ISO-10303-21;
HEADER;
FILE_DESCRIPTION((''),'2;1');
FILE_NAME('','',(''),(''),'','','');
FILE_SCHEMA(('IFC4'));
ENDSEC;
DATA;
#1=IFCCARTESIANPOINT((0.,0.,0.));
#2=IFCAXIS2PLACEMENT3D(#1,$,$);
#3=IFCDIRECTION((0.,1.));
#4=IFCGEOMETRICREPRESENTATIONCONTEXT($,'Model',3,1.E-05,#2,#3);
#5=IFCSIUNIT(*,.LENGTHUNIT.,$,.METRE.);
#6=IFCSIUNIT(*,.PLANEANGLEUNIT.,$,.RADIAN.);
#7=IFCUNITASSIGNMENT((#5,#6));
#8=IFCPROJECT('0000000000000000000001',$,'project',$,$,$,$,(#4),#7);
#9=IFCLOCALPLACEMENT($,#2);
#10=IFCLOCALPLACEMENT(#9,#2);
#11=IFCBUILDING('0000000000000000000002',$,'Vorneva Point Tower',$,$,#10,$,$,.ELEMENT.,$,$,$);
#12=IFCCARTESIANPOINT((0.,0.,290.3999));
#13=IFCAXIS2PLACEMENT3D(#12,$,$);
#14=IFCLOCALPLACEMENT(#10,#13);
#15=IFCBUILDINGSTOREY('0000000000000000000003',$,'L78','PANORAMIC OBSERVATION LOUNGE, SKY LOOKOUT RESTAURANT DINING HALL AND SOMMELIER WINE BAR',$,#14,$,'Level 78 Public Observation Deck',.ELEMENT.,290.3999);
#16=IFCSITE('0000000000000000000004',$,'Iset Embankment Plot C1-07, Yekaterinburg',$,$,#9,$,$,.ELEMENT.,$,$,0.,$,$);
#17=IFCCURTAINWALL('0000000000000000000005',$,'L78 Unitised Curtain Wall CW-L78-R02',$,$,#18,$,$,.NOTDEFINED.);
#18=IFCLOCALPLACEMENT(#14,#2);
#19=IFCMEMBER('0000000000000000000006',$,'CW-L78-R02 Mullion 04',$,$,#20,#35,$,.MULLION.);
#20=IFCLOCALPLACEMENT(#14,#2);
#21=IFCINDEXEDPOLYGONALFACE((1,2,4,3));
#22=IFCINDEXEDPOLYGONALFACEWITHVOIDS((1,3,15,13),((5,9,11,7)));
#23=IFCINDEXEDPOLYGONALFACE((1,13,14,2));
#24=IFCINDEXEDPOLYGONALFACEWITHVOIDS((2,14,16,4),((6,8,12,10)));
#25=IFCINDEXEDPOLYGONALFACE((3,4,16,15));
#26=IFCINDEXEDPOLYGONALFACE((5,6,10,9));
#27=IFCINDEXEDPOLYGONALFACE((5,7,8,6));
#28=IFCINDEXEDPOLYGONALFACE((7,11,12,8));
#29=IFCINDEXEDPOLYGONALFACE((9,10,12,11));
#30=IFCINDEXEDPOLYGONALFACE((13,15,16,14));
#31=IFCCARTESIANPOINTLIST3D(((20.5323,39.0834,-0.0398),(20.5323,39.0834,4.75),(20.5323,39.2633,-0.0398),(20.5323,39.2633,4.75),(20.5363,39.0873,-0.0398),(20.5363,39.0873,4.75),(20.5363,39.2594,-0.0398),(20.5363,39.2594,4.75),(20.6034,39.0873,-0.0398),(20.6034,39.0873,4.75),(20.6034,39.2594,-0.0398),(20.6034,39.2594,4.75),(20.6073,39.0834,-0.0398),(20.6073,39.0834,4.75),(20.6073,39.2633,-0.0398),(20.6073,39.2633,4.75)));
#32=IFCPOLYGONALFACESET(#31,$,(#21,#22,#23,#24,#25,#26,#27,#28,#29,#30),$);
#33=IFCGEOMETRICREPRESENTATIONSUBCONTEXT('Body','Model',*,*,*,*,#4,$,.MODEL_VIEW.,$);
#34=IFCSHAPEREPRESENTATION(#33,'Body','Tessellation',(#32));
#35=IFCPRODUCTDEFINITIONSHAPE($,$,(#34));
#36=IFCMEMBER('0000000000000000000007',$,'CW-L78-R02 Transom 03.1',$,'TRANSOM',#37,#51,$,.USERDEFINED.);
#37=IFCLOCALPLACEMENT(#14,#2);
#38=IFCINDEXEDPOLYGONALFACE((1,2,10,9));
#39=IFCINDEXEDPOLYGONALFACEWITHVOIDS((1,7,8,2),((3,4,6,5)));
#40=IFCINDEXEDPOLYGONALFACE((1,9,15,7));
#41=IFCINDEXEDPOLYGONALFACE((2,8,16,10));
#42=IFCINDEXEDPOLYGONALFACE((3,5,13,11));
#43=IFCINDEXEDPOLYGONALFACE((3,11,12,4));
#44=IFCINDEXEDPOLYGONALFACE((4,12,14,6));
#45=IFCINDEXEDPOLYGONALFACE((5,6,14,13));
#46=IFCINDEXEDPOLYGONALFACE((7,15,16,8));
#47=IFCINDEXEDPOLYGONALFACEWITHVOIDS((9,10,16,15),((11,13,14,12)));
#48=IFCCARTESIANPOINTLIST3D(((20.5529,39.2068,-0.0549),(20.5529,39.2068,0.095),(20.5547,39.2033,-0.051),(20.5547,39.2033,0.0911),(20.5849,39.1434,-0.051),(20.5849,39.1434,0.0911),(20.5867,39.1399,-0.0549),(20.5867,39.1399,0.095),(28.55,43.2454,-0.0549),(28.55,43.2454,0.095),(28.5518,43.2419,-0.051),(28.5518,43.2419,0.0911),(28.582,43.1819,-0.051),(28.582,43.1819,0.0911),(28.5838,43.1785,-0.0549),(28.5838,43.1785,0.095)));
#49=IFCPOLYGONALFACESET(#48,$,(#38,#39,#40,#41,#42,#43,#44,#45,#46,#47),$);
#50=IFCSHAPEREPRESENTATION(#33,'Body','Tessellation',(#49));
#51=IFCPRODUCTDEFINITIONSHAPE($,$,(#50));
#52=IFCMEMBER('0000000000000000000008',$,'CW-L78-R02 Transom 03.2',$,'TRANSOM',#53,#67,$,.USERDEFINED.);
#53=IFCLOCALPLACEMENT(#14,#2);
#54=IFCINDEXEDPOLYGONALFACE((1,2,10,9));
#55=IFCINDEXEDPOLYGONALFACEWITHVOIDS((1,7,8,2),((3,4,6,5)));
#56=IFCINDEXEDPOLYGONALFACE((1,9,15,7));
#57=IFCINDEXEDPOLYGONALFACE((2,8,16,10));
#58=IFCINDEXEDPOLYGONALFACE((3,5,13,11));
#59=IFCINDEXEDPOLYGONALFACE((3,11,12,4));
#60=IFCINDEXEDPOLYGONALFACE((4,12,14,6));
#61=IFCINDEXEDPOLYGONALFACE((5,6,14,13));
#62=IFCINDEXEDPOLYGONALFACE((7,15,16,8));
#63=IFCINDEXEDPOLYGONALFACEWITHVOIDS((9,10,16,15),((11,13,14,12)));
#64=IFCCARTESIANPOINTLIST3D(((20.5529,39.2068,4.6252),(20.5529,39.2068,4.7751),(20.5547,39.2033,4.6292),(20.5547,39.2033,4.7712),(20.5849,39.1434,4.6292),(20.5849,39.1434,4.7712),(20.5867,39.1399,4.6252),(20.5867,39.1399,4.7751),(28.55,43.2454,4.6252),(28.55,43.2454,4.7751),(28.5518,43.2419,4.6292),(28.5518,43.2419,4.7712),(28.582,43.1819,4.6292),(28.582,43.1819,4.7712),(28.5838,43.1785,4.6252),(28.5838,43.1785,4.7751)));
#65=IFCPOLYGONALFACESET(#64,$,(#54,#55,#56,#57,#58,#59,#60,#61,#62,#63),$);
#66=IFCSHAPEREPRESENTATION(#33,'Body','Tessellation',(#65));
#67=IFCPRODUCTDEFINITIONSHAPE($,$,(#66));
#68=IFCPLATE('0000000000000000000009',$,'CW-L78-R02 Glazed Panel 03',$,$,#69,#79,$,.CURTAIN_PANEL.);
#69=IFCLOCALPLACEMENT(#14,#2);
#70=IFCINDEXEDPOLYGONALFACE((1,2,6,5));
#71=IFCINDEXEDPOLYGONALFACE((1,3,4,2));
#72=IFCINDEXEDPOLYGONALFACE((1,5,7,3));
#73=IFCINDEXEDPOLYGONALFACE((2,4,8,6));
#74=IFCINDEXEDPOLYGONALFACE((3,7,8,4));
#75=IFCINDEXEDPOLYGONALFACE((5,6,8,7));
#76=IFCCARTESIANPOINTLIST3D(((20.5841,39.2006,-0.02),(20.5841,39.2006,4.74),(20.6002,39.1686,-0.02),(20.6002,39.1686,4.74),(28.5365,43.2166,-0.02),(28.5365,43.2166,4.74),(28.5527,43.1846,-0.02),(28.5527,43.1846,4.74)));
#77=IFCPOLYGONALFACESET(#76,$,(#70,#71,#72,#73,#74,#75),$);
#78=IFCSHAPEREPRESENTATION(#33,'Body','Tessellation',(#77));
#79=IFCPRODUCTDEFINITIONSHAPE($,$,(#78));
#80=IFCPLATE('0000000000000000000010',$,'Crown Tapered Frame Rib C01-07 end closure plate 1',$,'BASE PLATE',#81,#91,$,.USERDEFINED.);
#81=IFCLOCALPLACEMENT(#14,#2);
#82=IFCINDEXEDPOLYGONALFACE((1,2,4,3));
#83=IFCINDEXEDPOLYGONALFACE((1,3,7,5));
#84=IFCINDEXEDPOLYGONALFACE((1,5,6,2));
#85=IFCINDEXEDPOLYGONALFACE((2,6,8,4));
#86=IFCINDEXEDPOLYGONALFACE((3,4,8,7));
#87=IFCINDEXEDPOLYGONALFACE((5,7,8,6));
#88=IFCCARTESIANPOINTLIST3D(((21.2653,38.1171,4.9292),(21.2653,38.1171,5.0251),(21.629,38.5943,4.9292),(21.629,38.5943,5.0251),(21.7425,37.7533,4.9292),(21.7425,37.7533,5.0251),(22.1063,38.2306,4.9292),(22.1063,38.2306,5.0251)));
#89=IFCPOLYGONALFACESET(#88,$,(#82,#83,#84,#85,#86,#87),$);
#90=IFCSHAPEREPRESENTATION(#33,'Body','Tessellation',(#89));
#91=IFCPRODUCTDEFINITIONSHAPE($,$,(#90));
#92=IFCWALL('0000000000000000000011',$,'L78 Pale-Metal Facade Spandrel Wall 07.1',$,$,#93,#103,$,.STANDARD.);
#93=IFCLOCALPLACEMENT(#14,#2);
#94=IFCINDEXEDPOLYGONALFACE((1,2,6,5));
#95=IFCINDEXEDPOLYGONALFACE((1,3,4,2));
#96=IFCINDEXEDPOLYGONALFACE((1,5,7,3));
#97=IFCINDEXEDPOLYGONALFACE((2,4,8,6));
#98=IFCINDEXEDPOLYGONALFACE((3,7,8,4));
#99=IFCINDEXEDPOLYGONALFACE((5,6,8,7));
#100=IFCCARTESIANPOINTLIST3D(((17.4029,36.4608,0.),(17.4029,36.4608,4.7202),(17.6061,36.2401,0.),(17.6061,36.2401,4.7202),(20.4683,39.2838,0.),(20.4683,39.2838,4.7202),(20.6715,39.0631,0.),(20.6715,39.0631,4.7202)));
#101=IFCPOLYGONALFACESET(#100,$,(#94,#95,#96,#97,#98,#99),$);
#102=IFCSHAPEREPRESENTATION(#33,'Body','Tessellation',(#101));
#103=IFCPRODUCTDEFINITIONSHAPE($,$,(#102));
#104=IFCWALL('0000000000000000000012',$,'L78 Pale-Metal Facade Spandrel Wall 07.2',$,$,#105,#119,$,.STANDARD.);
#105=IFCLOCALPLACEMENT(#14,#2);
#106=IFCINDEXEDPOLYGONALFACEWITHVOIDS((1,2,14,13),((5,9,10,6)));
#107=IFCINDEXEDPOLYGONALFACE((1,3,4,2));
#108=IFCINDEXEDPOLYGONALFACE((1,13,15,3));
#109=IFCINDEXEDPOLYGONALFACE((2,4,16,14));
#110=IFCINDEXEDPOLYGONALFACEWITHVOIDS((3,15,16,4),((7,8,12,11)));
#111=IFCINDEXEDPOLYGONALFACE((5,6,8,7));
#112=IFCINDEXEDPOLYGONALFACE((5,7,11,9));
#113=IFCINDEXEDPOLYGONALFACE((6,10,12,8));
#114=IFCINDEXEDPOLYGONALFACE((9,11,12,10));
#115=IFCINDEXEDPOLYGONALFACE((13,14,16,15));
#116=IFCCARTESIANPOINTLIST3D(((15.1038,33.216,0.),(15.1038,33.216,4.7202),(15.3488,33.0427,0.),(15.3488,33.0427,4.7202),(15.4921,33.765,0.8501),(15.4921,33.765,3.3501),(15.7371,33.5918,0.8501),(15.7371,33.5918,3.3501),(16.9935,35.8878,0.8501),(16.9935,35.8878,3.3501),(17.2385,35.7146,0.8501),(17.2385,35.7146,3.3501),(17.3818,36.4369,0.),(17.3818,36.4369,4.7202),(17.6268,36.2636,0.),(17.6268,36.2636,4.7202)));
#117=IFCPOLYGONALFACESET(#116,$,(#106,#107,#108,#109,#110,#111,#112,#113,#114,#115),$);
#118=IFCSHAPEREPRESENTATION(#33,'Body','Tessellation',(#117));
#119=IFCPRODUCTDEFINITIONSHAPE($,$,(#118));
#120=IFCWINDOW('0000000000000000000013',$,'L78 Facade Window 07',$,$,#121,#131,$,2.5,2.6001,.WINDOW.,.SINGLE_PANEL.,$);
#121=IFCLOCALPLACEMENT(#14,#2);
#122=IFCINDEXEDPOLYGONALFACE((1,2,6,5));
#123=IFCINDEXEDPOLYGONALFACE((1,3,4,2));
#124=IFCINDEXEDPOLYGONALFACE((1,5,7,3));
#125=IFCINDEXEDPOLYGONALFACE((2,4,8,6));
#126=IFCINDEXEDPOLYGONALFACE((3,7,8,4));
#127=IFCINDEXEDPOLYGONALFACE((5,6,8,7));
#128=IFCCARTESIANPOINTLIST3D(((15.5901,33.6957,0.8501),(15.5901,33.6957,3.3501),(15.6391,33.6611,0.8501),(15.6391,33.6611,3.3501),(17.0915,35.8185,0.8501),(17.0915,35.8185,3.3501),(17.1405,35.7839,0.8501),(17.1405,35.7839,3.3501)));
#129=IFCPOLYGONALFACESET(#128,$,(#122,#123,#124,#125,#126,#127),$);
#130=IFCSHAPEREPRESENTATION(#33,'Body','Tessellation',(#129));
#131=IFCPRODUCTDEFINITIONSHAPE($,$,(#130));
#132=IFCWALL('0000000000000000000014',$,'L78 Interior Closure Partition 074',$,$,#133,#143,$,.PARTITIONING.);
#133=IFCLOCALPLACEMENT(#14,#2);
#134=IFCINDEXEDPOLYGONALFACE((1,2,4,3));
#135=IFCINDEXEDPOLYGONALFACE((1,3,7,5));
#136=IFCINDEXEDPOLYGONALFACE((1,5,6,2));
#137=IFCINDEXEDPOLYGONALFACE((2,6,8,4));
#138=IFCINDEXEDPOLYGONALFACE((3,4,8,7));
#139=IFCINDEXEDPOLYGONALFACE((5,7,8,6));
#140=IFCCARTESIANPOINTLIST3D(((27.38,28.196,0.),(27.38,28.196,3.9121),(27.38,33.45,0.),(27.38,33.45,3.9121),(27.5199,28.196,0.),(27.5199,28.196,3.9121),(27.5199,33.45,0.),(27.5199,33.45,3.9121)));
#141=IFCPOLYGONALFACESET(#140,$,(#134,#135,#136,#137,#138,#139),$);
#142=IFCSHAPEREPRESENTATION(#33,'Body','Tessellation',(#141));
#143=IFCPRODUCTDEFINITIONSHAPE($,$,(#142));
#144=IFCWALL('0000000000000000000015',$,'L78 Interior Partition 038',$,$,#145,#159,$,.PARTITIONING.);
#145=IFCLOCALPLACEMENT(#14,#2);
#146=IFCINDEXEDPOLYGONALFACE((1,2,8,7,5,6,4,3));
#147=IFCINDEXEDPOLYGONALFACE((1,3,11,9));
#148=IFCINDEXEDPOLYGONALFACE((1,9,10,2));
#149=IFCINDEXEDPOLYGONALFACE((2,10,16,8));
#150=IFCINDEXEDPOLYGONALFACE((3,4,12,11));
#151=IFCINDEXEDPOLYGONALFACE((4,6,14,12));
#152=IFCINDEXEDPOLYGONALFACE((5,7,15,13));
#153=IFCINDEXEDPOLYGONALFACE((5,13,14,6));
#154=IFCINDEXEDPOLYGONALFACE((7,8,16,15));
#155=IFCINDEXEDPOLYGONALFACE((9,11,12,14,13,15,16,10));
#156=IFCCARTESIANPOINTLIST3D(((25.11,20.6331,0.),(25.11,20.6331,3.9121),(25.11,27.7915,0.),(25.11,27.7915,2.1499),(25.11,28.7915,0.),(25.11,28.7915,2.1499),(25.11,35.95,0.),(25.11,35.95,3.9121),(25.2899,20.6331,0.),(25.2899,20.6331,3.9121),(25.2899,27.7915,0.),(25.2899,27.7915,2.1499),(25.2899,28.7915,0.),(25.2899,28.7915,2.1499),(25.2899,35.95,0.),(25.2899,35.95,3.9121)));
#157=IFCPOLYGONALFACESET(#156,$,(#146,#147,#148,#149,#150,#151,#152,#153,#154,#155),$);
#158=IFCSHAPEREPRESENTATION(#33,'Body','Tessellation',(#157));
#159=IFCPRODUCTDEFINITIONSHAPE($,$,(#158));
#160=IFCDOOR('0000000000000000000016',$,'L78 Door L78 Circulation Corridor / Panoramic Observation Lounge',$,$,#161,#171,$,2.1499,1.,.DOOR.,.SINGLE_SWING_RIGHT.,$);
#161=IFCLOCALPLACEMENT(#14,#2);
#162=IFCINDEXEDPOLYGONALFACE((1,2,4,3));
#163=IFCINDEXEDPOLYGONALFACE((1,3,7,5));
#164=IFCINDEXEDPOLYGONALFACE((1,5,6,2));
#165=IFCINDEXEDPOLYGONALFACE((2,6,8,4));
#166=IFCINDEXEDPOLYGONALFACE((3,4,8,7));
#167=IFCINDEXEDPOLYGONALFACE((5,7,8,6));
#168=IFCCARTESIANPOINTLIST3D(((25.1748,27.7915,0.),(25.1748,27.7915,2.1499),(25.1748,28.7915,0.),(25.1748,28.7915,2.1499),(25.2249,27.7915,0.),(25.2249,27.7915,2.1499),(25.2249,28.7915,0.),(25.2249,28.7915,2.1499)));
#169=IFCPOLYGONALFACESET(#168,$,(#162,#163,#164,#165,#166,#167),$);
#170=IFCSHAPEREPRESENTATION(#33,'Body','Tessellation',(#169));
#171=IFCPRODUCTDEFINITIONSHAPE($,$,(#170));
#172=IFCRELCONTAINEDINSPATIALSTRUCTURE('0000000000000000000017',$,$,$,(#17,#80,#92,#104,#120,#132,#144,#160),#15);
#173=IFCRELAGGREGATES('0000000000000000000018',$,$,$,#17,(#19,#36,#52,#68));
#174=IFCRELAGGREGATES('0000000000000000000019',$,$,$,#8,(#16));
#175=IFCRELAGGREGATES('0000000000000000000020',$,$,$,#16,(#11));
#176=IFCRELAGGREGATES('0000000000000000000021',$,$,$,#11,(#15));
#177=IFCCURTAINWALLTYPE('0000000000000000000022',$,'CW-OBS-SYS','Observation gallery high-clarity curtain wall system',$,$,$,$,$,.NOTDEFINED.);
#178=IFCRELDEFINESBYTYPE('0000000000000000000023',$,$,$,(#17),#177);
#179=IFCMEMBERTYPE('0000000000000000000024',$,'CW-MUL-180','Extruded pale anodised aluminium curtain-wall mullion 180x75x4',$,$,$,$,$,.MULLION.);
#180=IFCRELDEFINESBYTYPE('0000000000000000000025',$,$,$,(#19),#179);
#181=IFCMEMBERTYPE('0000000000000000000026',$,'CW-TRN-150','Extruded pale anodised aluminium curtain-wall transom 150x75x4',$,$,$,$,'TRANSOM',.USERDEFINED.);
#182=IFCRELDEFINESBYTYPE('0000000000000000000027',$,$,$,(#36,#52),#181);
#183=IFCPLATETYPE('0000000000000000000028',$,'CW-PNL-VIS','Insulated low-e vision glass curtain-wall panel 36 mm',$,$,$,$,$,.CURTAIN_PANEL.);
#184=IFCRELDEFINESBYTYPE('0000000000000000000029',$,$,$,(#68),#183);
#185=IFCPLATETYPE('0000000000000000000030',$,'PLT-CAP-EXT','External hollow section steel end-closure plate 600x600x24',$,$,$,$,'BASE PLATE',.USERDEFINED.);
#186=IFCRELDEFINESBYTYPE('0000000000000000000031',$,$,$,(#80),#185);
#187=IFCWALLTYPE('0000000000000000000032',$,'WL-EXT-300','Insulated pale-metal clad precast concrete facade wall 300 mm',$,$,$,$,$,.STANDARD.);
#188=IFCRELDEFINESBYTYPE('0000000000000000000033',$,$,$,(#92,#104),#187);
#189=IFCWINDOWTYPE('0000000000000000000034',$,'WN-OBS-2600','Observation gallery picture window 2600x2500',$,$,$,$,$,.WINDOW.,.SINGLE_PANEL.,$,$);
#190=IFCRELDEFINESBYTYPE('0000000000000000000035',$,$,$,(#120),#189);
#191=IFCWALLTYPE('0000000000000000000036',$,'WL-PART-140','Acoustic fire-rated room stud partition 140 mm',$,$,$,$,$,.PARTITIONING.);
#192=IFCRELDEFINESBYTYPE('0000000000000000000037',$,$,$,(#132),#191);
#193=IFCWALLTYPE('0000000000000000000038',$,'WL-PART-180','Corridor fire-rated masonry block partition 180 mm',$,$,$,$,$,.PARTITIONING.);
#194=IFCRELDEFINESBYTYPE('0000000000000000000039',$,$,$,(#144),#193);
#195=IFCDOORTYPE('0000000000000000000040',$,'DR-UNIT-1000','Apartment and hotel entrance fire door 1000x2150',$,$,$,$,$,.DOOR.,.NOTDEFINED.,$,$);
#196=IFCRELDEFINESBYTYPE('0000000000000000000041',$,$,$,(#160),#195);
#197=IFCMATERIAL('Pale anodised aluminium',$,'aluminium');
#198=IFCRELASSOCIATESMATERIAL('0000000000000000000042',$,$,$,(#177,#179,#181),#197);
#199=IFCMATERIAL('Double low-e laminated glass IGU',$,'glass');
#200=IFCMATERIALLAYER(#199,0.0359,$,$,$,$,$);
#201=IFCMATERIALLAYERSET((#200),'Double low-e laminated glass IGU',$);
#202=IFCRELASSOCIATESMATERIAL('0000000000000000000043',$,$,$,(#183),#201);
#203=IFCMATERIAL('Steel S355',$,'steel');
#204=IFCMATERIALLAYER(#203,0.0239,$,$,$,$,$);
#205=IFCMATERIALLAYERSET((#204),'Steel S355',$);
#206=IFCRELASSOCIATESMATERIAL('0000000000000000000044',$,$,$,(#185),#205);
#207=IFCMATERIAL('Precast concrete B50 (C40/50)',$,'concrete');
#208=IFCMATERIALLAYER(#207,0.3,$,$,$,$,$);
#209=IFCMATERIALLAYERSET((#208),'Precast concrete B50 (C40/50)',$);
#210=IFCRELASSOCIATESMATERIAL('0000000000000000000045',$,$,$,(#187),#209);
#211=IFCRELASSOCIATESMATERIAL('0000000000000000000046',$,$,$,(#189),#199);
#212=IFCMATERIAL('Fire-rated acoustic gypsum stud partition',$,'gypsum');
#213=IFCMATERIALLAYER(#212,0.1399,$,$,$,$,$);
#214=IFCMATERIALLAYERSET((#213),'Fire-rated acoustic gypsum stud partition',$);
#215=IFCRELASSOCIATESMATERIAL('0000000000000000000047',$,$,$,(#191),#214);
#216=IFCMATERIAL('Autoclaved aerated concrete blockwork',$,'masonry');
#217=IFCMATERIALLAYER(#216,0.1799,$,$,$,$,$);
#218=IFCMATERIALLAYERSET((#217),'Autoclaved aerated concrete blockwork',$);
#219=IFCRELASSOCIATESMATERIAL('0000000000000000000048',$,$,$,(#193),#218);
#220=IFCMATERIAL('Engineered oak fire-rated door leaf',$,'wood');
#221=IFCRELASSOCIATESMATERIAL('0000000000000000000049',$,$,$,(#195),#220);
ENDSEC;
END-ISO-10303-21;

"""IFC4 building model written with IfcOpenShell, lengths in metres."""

from ifc_helpers import new_model, si_unit, direction, frame, frame_2d, origin, origin_2d, place, context, subcontext, project, spatial, rectangle, hollow_rectangle, extrude, material, layer, layer_set, material_profile, profile_set, type_object, element, fill, aggregate, save


model = new_model("IFC4")

# Units and contexts
model_context = context("Model", 3, precision=1e-05, world=origin(), true_north=direction((0.0, 1.0)))
body_context = subcontext(model_context, "Body", "Model", "MODEL_VIEW")
ifc_project = project(units=[si_unit("LENGTHUNIT", "METRE"), si_unit("PLANEANGLEUNIT", "RADIAN")], contexts=[model_context])

# Site, building, storey
site_placement = place(None, origin())
site = spatial("IfcSite", under=ifc_project, at=site_placement, Name="Iset Embankment Plot C1-07, Yekaterinburg", CompositionType="ELEMENT", RefElevation=0.0)
building_placement = place(site_placement, origin())
building = spatial("IfcBuilding", under=site, at=building_placement, Name="Vorneva Point Tower", CompositionType="ELEMENT")
storey_placement = place(building_placement, frame((0.0, 0.0, 290.3999)))
storey = spatial("IfcBuildingStorey", under=building, at=storey_placement, Name="L78", Description="PANORAMIC OBSERVATION LOUNGE, SKY LOOKOUT RESTAURANT DINING HALL AND SOMMELIER WINE BAR", LongName="Level 78 Public Observation Deck", CompositionType="ELEMENT", Elevation=290.3999)

# Shared definitions
ifc_material_1 = material(Name="Steel S355", Category="steel")

# Curtain wall, members, plate
ifc_material_2 = material(Name="Pale anodised aluminium", Category="aluminium")
curtain_wall_type = type_object("IfcCurtainWallType", Name="CW-OBS-SYS", Description="Observation gallery high-clarity curtain wall system", PredefinedType="NOTDEFINED", material=ifc_material_2)
curtain_wall_placement = place(storey_placement, origin())
curtain_wall = element("IfcCurtainWall", 1, at=curtain_wall_placement, inside=storey, type_object=curtain_wall_type, Name="L78 Unitised Curtain Wall CW-L78-R02", PredefinedType="NOTDEFINED")
ifc_material_profile_1 = material_profile(ifc_material_2, hollow_rectangle(XDim=0.075, YDim=0.1799, WallThickness=0.0039, at=origin_2d()), Name="AL-MUL 180x75x4")
ifc_profile_set_1 = profile_set([ifc_material_profile_1], Name="Pale anodised aluminium")
member_type_1 = type_object("IfcMemberType", Name="CW-MUL-180", Description="Extruded pale anodised aluminium curtain-wall mullion 180x75x4", PredefinedType="MULLION", material=ifc_profile_set_1)
member_1_placement = place(storey_placement, frame((20.5698, 39.1733, -0.0398), z_axis=(0.0, 0.0, 1.0), x_axis=(1.0, 0.0, 0.0)))
member_1 = element("IfcMember", 2, at=member_1_placement, type_object=member_type_1, Name="CW-L78-R02 Mullion 04", PredefinedType="MULLION", context=body_context, shape_type="SweptSolid", body=[
    extrude(hollow_rectangle(XDim=0.075, YDim=0.1799, WallThickness=0.0039, at=origin_2d()), origin(), (0.0, 0.0, 1.0), 4.7898),
])
ifc_material_profile_2 = material_profile(ifc_material_2, hollow_rectangle(XDim=0.075, YDim=0.1499, WallThickness=0.0039, at=origin_2d()), Name="AL-TRN 150x75x4")
ifc_profile_set_2 = profile_set([ifc_material_profile_2], Name="Pale anodised aluminium")
member_type_2 = type_object("IfcMemberType", Name="CW-TRN-150", Description="Extruded pale anodised aluminium curtain-wall transom 150x75x4", ElementType="TRANSOM", PredefinedType="USERDEFINED", material=ifc_profile_set_2)
member_2_placement = place(storey_placement, frame((28.5669, 43.2119, 0.02), z_axis=(-0.892632, -0.450785, 0.0), x_axis=(0.450785, -0.892632, 0.0)))
member_2 = element("IfcMember", 3, at=member_2_placement, type_object=member_type_2, Name="CW-L78-R02 Transom 03.1", ObjectType="TRANSOM", PredefinedType="USERDEFINED", context=body_context, shape_type="SweptSolid", body=[
    extrude(hollow_rectangle(XDim=0.075, YDim=0.1499, WallThickness=0.0039, at=origin_2d()), origin(), (0.0, 0.0, 1.0), 8.959),
])
member_3_placement = place(storey_placement, frame((28.5669, 43.2119, 4.7002), z_axis=(-0.892632, -0.450785, 0.0), x_axis=(0.450785, -0.892632, 0.0)))
member_3 = element("IfcMember", 4, at=member_3_placement, type_object=member_type_2, Name="CW-L78-R02 Transom 03.2", ObjectType="TRANSOM", PredefinedType="USERDEFINED", context=body_context, shape_type="SweptSolid", body=[
    extrude(hollow_rectangle(XDim=0.075, YDim=0.1499, WallThickness=0.0039, at=origin_2d()), origin(), (0.0, 0.0, 1.0), 8.959),
])
ifc_material_3 = material(Name="Double low-e laminated glass IGU", Category="glass")
ifc_layer_1 = layer(ifc_material_3, 0.0359)
ifc_layer_set_1 = layer_set([ifc_layer_1], Name="Double low-e laminated glass IGU")
plate_type_1 = type_object("IfcPlateType", Name="CW-PNL-VIS", Description="Insulated low-e vision glass curtain-wall panel 36 mm", PredefinedType="CURTAIN_PANEL", material=ifc_layer_set_1)
plate_1_placement = place(storey_placement, frame((24.5684, 41.1926, -0.02), z_axis=(0.0, 0.0, 1.0), x_axis=(-0.892633, -0.450784, 0.0)))
plate_1 = element("IfcPlate", 5, at=plate_1_placement, type_object=plate_type_1, Name="CW-L78-R02 Glazed Panel 03", PredefinedType="CURTAIN_PANEL", context=body_context, shape_type="SweptSolid", body=[
    extrude(rectangle(XDim=8.9089, YDim=0.0359, at=origin_2d()), origin(), (0.0, 0.0, 1.0), 4.76),
])
aggregate(curtain_wall, [member_1, member_2, member_3, plate_1])

# Plate
ifc_layer_2 = layer(ifc_material_1, 0.0239)
ifc_layer_set_2 = layer_set([ifc_layer_2], Name="Steel S355")
plate_type_2 = type_object("IfcPlateType", Name="PLT-CAP-EXT", Description="External hollow section steel end-closure plate 600x600x24", ElementType="BASE PLATE", PredefinedType="USERDEFINED", material=ifc_layer_set_2)
plate_2_placement = place(storey_placement, frame((21.6858, 38.1738, 4.9292), z_axis=(0.0, 0.0, 1.0), x_axis=(0.795325, -0.606183, 0.0)))
element("IfcPlate", 6, at=plate_2_placement, inside=storey, type_object=plate_type_2, Name="Crown Tapered Frame Rib C01-07 end closure plate 1", ObjectType="BASE PLATE", PredefinedType="USERDEFINED", context=body_context, shape_type="SweptSolid", body=[
    extrude(rectangle(XDim=0.6001, YDim=0.6001, at=origin_2d()), origin(), (0.0, 0.0, 1.0), 0.0959),
])

# Wall
ifc_material_4 = material(Name="Precast concrete B50 (C40/50)", Category="concrete")
ifc_layer_3 = layer(ifc_material_4, 0.3)
ifc_layer_set_3 = layer_set([ifc_layer_3], Name="Precast concrete B50 (C40/50)")
wall_type_1 = type_object("IfcWallType", Name="WL-EXT-300", Description="Insulated pale-metal clad precast concrete facade wall 300 mm", PredefinedType="STANDARD", material=ifc_layer_set_3)
wall_1_placement = place(storey_placement, frame((20.5698, 39.1733, 0.0), z_axis=(0.0, 0.0, 1.0), x_axis=(-0.735596, -0.677421, 0.0)))
element("IfcWall", 7, at=wall_1_placement, inside=storey, type_object=wall_type_1, Name="L78 Pale-Metal Facade Spandrel Wall 07.1", PredefinedType="STANDARD", context=body_context, shape_type="SweptSolid", body=[
    extrude(rectangle(XDim=4.1672, YDim=0.3, at=frame_2d((2.0835, 0.0))), origin(), (0.0, 0.0, 1.0), 4.7202),
])

# Wall, opening, window
wall_2_placement = place(storey_placement, frame((17.5044, 36.3503, 0.0), z_axis=(0.0, 0.0, 1.0), x_axis=(-0.577439, -0.816434, 0.0)))
wall_2 = element("IfcWall", 8, at=wall_2_placement, inside=storey, type_object=wall_type_1, Name="L78 Pale-Metal Facade Spandrel Wall 07.2", PredefinedType="STANDARD", context=body_context, shape_type="SweptSolid", body=[
    extrude(rectangle(XDim=3.9451, YDim=0.3, at=frame_2d((1.9727, 0.0))), origin(), (0.0, 0.0, 1.0), 4.7202),
])
opening_1_placement = place(wall_2_placement, frame((0.6726, 0.0, 0.8501)))
opening_1 = element("IfcOpeningElement", 9, at=opening_1_placement, cuts=wall_2, PredefinedType="OPENING", context=body_context, shape_type="SweptSolid", body=[
    extrude(rectangle(XDim=2.6001, YDim=2.5, at=frame_2d((1.3, 1.25))), frame((0.0, 0.165, 0.0), z_axis=(0.0, -1.0, 0.0), x_axis=(1.0, 0.0, 0.0)), (0.0, 0.0, 1.0), 0.3298),
])
window_type = type_object("IfcWindowType", Name="WN-OBS-2600", Description="Observation gallery picture window 2600x2500", PartitioningType="SINGLE_PANEL", PredefinedType="WINDOW", material=ifc_material_3)
window_placement = place(opening_1_placement, origin())
window = element("IfcWindow", 10, at=window_placement, inside=storey, type_object=window_type, Name="L78 Facade Window 07", OverallHeight=2.5, OverallWidth=2.6001, PartitioningType="SINGLE_PANEL", PredefinedType="WINDOW", context=body_context, shape_type="SweptSolid", body=[
    extrude(rectangle(XDim=2.6001, YDim=2.5, at=frame_2d((1.3, 1.25))), frame((0.0, 0.03, 0.0), z_axis=(0.0, -1.0, 0.0), x_axis=(1.0, 0.0, 0.0)), (0.0, 0.0, 1.0), 0.0601),
])
fill(opening_1, window)

# Wall
ifc_material_5 = material(Name="Fire-rated acoustic gypsum stud partition", Category="gypsum")
ifc_layer_4 = layer(ifc_material_5, 0.1399)
ifc_layer_set_4 = layer_set([ifc_layer_4], Name="Fire-rated acoustic gypsum stud partition")
wall_type_2 = type_object("IfcWallType", Name="WL-PART-140", Description="Acoustic fire-rated room stud partition 140 mm", PredefinedType="PARTITIONING", material=ifc_layer_set_4)
wall_3_placement = place(storey_placement, frame((27.45, 33.45, 0.0), z_axis=(0.0, 0.0, 1.0), x_axis=(0.0, -1.0, 0.0)))
element("IfcWall", 11, at=wall_3_placement, inside=storey, type_object=wall_type_2, Name="L78 Interior Closure Partition 074", PredefinedType="PARTITIONING", context=body_context, shape_type="SweptSolid", body=[
    extrude(rectangle(XDim=5.2539, YDim=0.1399, at=frame_2d((2.627, 0.0))), origin(), (0.0, 0.0, 1.0), 3.9121),
])

# Wall, opening, door
ifc_material_6 = material(Name="Autoclaved aerated concrete blockwork", Category="masonry")
ifc_layer_5 = layer(ifc_material_6, 0.1799)
ifc_layer_set_5 = layer_set([ifc_layer_5], Name="Autoclaved aerated concrete blockwork")
wall_type_3 = type_object("IfcWallType", Name="WL-PART-180", Description="Corridor fire-rated masonry block partition 180 mm", PredefinedType="PARTITIONING", material=ifc_layer_set_5)
wall_4_placement = place(storey_placement, frame((25.2, 35.95, 0.0), z_axis=(0.0, 0.0, 1.0), x_axis=(0.0, -1.0, 0.0)))
wall_4 = element("IfcWall", 12, at=wall_4_placement, inside=storey, type_object=wall_type_3, Name="L78 Interior Partition 038", PredefinedType="PARTITIONING", context=body_context, shape_type="SweptSolid", body=[
    extrude(rectangle(XDim=15.3169, YDim=0.1799, at=frame_2d((7.6584, 0.0))), origin(), (0.0, 0.0, 1.0), 3.9121),
])
opening_2_placement = place(wall_4_placement, frame((7.1584, 0.0, 0.0)))
opening_2 = element("IfcOpeningElement", 13, at=opening_2_placement, cuts=wall_4, PredefinedType="OPENING", context=body_context, shape_type="SweptSolid", body=[
    extrude(rectangle(XDim=1.0, YDim=2.1499, at=frame_2d((0.5, 1.075))), frame((0.0, 0.105, 0.0), z_axis=(0.0, -1.0, 0.0), x_axis=(1.0, 0.0, 0.0)), (0.0, 0.0, 1.0), 0.2097),
])
ifc_material_7 = material(Name="Engineered oak fire-rated door leaf", Category="wood")
door_type = type_object("IfcDoorType", Name="DR-UNIT-1000", Description="Apartment and hotel entrance fire door 1000x2150", OperationType="NOTDEFINED", PredefinedType="DOOR", material=ifc_material_7)
door_placement = place(opening_2_placement, origin())
door = element("IfcDoor", 14, at=door_placement, inside=storey, type_object=door_type, Name="L78 Door L78 Circulation Corridor / Panoramic Observation Lounge", OperationType="SINGLE_SWING_RIGHT", OverallHeight=2.1499, OverallWidth=1.0, PredefinedType="DOOR", context=body_context, shape_type="SweptSolid", body=[
    extrude(rectangle(XDim=1.0, YDim=2.1499, at=frame_2d((0.5, 1.075))), frame((0.0, 0.0249, 0.0), z_axis=(0.0, -1.0, 0.0), x_axis=(1.0, 0.0, 0.0)), (0.0, 0.0, 1.0), 0.05),
])
fill(opening_2, door)

save(model, "model.ifc")
